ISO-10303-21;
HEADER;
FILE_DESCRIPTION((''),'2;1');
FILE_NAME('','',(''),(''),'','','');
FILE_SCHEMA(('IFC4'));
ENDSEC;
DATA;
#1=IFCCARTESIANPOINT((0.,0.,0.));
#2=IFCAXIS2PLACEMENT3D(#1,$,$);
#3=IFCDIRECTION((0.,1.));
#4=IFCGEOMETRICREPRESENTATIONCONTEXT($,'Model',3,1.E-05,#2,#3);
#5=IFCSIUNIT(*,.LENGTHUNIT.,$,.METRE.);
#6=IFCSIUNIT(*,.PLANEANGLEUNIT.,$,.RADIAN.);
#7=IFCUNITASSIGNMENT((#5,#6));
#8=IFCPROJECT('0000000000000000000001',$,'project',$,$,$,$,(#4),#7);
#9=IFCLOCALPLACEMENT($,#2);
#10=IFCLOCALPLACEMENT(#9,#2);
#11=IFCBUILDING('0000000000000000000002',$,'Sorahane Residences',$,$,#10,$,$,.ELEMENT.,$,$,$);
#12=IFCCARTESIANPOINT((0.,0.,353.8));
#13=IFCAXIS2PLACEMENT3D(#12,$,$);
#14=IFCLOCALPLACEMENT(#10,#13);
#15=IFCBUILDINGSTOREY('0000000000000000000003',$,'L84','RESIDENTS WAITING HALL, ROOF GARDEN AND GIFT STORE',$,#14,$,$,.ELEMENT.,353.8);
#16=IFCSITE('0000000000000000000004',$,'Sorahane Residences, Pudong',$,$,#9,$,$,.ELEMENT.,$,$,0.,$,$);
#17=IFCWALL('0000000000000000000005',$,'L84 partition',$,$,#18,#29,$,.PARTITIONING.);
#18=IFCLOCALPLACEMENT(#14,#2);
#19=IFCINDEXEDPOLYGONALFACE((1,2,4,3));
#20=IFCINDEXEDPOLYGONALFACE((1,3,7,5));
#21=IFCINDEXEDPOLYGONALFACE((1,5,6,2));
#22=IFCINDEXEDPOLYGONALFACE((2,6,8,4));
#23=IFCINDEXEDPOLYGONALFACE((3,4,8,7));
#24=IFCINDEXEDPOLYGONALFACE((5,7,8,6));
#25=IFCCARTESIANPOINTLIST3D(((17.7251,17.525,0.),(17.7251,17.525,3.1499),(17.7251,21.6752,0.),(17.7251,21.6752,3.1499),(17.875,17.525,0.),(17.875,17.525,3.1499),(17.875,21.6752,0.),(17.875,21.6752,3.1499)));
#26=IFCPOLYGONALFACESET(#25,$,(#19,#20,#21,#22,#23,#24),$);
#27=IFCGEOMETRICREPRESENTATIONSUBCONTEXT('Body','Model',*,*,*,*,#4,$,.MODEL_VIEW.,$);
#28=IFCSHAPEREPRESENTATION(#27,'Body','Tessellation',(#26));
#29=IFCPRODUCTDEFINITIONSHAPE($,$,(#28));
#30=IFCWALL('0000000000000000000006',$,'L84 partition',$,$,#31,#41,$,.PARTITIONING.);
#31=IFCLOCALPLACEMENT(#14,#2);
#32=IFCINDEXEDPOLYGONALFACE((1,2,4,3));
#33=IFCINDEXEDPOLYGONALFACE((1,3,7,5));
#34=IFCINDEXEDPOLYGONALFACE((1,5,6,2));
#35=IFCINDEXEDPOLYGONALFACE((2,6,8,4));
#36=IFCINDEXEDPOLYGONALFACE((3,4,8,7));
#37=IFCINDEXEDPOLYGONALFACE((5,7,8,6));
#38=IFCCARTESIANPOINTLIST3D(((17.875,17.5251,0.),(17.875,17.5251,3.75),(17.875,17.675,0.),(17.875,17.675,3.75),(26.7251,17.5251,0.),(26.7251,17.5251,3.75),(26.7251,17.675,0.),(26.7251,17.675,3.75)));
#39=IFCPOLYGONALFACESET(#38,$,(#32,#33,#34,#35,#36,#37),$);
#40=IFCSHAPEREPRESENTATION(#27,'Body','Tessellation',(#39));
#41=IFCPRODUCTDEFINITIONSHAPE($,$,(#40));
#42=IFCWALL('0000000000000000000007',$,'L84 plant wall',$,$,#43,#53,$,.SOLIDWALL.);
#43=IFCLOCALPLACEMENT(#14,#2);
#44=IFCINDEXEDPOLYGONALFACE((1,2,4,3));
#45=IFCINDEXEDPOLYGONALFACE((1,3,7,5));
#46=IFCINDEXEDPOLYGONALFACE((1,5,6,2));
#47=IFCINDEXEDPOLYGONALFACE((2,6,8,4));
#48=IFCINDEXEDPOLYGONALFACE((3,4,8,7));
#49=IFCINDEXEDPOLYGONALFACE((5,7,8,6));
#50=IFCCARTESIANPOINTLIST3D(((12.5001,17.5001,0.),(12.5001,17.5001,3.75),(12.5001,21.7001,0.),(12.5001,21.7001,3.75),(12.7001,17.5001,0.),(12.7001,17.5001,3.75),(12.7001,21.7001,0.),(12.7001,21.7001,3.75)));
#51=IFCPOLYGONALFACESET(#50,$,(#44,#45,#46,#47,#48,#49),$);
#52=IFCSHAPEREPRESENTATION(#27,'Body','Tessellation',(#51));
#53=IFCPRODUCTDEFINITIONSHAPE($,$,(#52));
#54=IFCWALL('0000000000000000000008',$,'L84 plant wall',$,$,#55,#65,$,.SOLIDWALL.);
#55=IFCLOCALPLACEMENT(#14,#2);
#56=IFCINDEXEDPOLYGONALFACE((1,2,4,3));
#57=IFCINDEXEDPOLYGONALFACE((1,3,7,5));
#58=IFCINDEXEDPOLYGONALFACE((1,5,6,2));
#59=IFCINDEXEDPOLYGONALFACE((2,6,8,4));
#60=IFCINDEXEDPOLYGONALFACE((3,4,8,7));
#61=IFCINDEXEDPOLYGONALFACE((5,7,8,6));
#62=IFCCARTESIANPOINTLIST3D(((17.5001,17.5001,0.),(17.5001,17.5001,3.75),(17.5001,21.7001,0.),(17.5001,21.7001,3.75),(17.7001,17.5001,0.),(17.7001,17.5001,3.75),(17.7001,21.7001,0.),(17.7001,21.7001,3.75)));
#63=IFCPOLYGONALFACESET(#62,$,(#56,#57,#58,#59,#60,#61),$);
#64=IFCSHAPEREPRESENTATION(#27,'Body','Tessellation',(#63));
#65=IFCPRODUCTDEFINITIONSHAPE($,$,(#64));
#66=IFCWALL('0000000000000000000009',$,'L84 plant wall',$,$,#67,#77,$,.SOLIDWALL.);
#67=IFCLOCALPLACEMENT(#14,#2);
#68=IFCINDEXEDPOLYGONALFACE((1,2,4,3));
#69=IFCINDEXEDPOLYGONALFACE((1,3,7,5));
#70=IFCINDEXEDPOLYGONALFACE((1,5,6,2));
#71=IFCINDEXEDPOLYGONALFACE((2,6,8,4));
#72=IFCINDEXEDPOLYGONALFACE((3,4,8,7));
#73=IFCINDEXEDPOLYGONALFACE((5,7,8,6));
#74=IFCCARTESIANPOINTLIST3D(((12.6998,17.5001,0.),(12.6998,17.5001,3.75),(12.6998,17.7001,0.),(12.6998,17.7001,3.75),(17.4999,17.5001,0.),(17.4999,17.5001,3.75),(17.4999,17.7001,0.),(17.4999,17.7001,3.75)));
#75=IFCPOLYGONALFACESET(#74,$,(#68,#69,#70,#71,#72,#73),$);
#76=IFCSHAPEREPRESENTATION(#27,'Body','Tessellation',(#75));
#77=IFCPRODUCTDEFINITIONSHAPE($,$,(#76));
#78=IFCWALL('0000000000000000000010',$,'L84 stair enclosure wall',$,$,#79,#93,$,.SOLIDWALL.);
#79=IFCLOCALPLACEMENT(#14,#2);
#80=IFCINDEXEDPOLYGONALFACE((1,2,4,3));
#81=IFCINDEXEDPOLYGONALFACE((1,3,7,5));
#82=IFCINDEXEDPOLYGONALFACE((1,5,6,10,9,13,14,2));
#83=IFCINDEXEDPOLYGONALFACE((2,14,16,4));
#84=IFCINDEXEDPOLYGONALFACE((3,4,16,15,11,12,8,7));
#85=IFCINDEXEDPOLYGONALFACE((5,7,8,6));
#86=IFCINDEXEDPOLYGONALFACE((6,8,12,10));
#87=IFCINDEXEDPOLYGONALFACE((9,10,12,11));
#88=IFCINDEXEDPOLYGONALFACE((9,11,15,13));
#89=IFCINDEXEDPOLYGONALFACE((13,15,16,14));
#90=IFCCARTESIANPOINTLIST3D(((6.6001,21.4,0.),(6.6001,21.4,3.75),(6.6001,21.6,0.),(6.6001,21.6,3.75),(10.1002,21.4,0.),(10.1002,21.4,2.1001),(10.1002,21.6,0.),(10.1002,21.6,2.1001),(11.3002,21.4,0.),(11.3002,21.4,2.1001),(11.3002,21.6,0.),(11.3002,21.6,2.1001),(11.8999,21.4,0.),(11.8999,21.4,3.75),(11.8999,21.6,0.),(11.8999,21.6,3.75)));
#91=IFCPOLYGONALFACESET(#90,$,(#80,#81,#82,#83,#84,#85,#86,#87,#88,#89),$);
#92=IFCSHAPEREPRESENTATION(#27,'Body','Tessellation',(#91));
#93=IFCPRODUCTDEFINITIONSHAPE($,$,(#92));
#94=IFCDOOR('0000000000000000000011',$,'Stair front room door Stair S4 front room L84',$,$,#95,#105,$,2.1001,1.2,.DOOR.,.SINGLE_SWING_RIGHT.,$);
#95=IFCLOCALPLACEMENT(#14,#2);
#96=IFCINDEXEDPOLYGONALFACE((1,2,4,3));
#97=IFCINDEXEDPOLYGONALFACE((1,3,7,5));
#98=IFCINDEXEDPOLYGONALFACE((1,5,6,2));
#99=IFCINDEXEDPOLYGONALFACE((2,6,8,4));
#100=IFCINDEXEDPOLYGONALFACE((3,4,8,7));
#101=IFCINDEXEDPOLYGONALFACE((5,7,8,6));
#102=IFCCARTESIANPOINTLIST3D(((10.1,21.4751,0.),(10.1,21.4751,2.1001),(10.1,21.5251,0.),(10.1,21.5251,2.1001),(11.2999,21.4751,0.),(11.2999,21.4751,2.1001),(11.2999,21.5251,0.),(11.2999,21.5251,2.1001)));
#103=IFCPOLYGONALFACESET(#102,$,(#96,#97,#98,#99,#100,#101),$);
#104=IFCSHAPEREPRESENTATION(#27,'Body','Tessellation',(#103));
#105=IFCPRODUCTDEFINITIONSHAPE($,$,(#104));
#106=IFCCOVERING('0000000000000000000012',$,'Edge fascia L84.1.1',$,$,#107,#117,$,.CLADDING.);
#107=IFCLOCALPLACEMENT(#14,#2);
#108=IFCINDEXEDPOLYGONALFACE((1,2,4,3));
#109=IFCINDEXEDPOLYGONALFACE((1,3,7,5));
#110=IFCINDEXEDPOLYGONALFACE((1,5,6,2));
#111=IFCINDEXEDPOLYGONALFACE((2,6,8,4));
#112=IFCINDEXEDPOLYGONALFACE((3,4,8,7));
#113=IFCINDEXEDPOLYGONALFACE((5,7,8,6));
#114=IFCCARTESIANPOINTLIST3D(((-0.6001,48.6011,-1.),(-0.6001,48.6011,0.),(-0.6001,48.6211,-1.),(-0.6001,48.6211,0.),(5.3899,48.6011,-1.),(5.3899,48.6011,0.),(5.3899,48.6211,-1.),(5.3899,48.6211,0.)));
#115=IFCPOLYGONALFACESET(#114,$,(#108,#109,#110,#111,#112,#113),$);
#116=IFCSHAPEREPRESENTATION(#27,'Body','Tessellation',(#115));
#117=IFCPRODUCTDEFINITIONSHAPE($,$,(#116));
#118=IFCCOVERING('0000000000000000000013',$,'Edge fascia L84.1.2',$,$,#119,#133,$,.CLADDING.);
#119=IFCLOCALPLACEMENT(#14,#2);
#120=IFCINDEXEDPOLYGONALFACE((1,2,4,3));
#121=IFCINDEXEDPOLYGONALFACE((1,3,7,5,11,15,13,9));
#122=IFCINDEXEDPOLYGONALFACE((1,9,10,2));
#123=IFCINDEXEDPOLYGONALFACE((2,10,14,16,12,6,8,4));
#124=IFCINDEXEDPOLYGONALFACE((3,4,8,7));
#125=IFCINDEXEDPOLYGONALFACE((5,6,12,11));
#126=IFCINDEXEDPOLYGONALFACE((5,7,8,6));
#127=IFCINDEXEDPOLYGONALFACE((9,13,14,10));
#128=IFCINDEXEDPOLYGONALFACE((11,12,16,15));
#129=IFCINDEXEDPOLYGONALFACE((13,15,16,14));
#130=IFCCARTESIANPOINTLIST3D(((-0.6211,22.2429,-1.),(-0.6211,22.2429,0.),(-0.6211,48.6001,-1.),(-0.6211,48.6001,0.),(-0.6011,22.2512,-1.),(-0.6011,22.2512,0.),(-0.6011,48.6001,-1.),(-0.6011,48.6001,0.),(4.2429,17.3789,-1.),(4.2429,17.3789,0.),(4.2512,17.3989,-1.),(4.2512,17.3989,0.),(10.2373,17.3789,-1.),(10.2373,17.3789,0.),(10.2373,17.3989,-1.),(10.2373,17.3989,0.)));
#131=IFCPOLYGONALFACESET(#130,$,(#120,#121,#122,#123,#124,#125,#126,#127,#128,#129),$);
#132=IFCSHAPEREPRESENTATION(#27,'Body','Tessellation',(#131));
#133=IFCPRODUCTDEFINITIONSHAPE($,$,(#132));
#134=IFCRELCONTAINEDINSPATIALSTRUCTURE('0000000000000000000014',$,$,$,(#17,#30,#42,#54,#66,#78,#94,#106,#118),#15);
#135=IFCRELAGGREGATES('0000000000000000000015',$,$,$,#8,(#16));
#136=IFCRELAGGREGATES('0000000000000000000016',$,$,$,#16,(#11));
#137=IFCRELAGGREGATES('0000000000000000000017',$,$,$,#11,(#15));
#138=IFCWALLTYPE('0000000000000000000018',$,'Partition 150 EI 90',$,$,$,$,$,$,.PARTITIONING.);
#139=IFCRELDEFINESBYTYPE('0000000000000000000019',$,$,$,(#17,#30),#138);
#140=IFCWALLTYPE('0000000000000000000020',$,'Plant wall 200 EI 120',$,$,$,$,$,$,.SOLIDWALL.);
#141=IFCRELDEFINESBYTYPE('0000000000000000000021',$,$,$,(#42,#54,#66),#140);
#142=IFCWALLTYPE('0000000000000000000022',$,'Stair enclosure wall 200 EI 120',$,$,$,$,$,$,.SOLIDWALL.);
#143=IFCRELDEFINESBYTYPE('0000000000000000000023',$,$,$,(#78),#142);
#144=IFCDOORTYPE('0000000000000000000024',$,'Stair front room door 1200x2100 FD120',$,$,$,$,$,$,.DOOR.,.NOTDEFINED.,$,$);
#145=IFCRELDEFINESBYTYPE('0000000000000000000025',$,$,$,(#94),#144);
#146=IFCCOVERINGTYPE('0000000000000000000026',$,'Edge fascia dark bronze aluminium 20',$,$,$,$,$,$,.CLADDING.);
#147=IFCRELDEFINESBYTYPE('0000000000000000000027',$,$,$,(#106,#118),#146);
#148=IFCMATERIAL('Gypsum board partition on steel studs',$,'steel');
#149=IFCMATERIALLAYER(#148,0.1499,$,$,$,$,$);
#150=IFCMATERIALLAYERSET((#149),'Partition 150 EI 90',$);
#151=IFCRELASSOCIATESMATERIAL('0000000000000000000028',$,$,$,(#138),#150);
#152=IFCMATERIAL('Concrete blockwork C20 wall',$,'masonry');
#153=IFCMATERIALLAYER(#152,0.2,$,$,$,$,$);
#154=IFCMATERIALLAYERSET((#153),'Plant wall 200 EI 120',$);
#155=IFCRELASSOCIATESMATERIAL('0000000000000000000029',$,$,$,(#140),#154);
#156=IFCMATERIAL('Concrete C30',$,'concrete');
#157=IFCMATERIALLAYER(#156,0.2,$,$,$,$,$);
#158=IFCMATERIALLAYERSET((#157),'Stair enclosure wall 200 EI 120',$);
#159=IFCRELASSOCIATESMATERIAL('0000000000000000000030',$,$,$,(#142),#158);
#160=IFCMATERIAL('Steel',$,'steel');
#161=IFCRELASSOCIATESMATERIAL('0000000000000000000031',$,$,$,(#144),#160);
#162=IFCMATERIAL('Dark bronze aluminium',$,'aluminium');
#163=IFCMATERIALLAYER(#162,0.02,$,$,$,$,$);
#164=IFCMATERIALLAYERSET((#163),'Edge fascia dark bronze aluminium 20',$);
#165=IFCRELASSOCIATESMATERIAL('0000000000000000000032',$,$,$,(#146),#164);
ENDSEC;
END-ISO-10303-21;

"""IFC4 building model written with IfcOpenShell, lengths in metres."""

from ifc_helpers import new_model, si_unit, direction, frame, frame_2d, origin, place, context, subcontext, project, spatial, polyline, rectangle, outline, extrude, material, layer, layer_set, type_object, element, fill, save


model = new_model("IFC4")

# Units and contexts
model_context = context("Model", 3, precision=1e-05, world=origin(), true_north=direction((0.0, 1.0)))
body_context = subcontext(model_context, "Body", "Model", "MODEL_VIEW")
ifc_project = project(units=[si_unit("LENGTHUNIT", "METRE"), si_unit("PLANEANGLEUNIT", "RADIAN")], contexts=[model_context])

# Site, building, storey
site_placement = place(None, origin())
site = spatial("IfcSite", under=ifc_project, at=site_placement, Name="Sorahane Residences, Pudong", CompositionType="ELEMENT", RefElevation=0.0)
building_placement = place(site_placement, origin())
building = spatial("IfcBuilding", under=site, at=building_placement, Name="Sorahane Residences", CompositionType="ELEMENT")
storey_placement = place(building_placement, frame((0.0, 0.0, 353.8)))
storey = spatial("IfcBuildingStorey", under=building, at=storey_placement, Name="L84", Description="RESIDENTS WAITING HALL, ROOF GARDEN AND GIFT STORE", CompositionType="ELEMENT", Elevation=353.8)

# Walls
ifc_material_1 = material(Name="Gypsum board partition on steel studs", Category="steel")
ifc_layer_1 = layer(ifc_material_1, 0.1499)
ifc_layer_set_1 = layer_set([ifc_layer_1], Name="Partition 150 EI 90")
wall_type_1 = type_object("IfcWallType", Name="Partition 150 EI 90", PredefinedType="PARTITIONING", material=ifc_layer_set_1)
wall_1_placement = place(storey_placement, frame((17.8, 17.5249, 0.0), z_axis=(0.0, 0.0, 1.0), x_axis=(0.0, 1.0, 0.0)))
element("IfcWall", 1, at=wall_1_placement, inside=storey, type_object=wall_type_1, Name="L84 partition", PredefinedType="PARTITIONING", context=body_context, shape_type="SweptSolid", body=[
    extrude(rectangle(XDim=4.1501, YDim=0.1499, at=frame_2d((2.0752, 0.0))), origin(), (0.0, 0.0, 1.0), 3.1499),
])
wall_2_placement = place(storey_placement, frame((17.875, 17.6001, 0.0), z_axis=(0.0, 0.0, 1.0), x_axis=(1.0, 0.0, 0.0)))
element("IfcWall", 2, at=wall_2_placement, inside=storey, type_object=wall_type_1, Name="L84 partition", PredefinedType="PARTITIONING", context=body_context, shape_type="SweptSolid", body=[
    extrude(rectangle(XDim=8.8501, YDim=0.1499, at=frame_2d((4.425, 0.0))), origin(), (0.0, 0.0, 1.0), 3.75),
])
ifc_material_2 = material(Name="Concrete blockwork C20 wall", Category="masonry")
ifc_layer_2 = layer(ifc_material_2, 0.2)
ifc_layer_set_2 = layer_set([ifc_layer_2], Name="Plant wall 200 EI 120")
wall_type_2 = type_object("IfcWallType", Name="Plant wall 200 EI 120", PredefinedType="SOLIDWALL", material=ifc_layer_set_2)
for number, where, z_axis, x_axis, name in (
    (3, (12.6001, 17.5, 0.0), (0.0, 0.0, 1.0), (0.0, 1.0, 0.0), "L84 plant wall"),
    (4, (17.6001, 17.5, 0.0), (0.0, 0.0, 1.0), (0.0, 1.0, 0.0), "L84 plant wall"),
):
    element("IfcWall", number, at=place(storey_placement, frame(where, z_axis=z_axis, x_axis=x_axis)), inside=storey, type_object=wall_type_2, Name=name, PredefinedType="SOLIDWALL", context=body_context, shape_type="SweptSolid", body=[
        extrude(rectangle(XDim=4.2, YDim=0.2, at=frame_2d((2.1001, 0.0))), origin(), (0.0, 0.0, 1.0), 3.75),
    ])
wall_3_placement = place(storey_placement, frame((12.7, 17.6001, 0.0), z_axis=(0.0, 0.0, 1.0), x_axis=(1.0, 0.0, 0.0)))
element("IfcWall", 5, at=wall_3_placement, inside=storey, type_object=wall_type_2, Name="L84 plant wall", PredefinedType="SOLIDWALL", context=body_context, shape_type="SweptSolid", body=[
    extrude(rectangle(XDim=4.8, YDim=0.2, at=frame_2d((2.3999, 0.0))), origin(), (0.0, 0.0, 1.0), 3.75),
])

# Wall, opening, door
ifc_material_3 = material(Name="Concrete C30", Category="concrete")
ifc_layer_3 = layer(ifc_material_3, 0.2)
ifc_layer_set_3 = layer_set([ifc_layer_3], Name="Stair enclosure wall 200 EI 120")
wall_type_3 = type_object("IfcWallType", Name="Stair enclosure wall 200 EI 120", PredefinedType="SOLIDWALL", material=ifc_layer_set_3)
wall_4_placement = place(storey_placement, frame((6.6001, 21.5, 0.0), z_axis=(0.0, 0.0, 1.0), x_axis=(1.0, 0.0, 0.0)))
wall_4 = element("IfcWall", 6, at=wall_4_placement, inside=storey, type_object=wall_type_3, Name="L84 stair enclosure wall", PredefinedType="SOLIDWALL", context=body_context, shape_type="SweptSolid", body=[
    extrude(rectangle(XDim=5.2998, YDim=0.2, at=frame_2d((2.6499, 0.0))), origin(), (0.0, 0.0, 1.0), 3.75),
])
opening_1_placement = place(wall_4_placement, frame((3.5, 0.0, 0.0)))
opening_1 = element("IfcOpeningElement", 7, at=opening_1_placement, cuts=wall_4, PredefinedType="OPENING", context=body_context, shape_type="SweptSolid", body=[
    extrude(rectangle(XDim=1.2, YDim=2.1001, at=frame_2d((0.6001, 1.05))), frame((0.0, 0.1099, 0.0), z_axis=(0.0, -1.0, 0.0), x_axis=(1.0, 0.0, 0.0)), (0.0, 0.0, 1.0), 0.22),
])
ifc_material_4 = material(Name="Steel", Category="steel")
door_type = type_object("IfcDoorType", Name="Stair front room door 1200x2100 FD120", OperationType="NOTDEFINED", PredefinedType="DOOR", material=ifc_material_4)
door_placement = place(opening_1_placement, frame((1.2, 0.0, 0.0), z_axis=(0.0, 0.0, 1.0), x_axis=(-1.0, 0.0, 0.0)))
door = element("IfcDoor", 8, at=door_placement, inside=storey, type_object=door_type, Name="Stair front room door Stair S4 front room L84", OperationType="SINGLE_SWING_RIGHT", OverallHeight=2.1001, OverallWidth=1.2, PredefinedType="DOOR", context=body_context, shape_type="SweptSolid", body=[
    extrude(rectangle(XDim=1.2, YDim=2.1001, at=frame_2d((0.6001, 1.05))), frame((0.0, 0.0249, 0.0), z_axis=(0.0, -1.0, 0.0), x_axis=(1.0, 0.0, 0.0)), (0.0, 0.0, 1.0), 0.05),
])
fill(opening_1, door)

# Coverings
ifc_material_5 = material(Name="Dark bronze aluminium", Category="aluminium")
ifc_layer_4 = layer(ifc_material_5, 0.02)
ifc_layer_set_4 = layer_set([ifc_layer_4], Name="Edge fascia dark bronze aluminium 20")
covering_type = type_object("IfcCoveringType", Name="Edge fascia dark bronze aluminium 20", PredefinedType="CLADDING", material=ifc_layer_set_4)
covering_1_placement = place(storey_placement, frame((0.0, 0.0, -1.0)))
element("IfcCovering", 9, at=covering_1_placement, inside=storey, type_object=covering_type, Name="Edge fascia L84.1.1", PredefinedType="CLADDING", context=body_context, shape_type="SweptSolid", body=[
    extrude(outline(polyline([(5.3899, 48.6211), (5.3899, 48.6011), (-0.6001, 48.6011), (-0.6001, 48.6211), (5.3899, 48.6211)])), origin(), (0.0, 0.0, 1.0), 1.0),
])
covering_2_placement = place(storey_placement, frame((0.0, 0.0, -1.0)))
element("IfcCovering", 10, at=covering_2_placement, inside=storey, type_object=covering_type, Name="Edge fascia L84.1.2", PredefinedType="CLADDING", context=body_context, shape_type="SweptSolid", body=[
    extrude(outline(polyline([(4.2429, 17.3789), (-0.6211, 22.2429), (-0.6211, 48.6001), (-0.6011, 48.6001), (-0.6011, 22.2512), (4.2512, 17.3989), (10.2373, 17.3989), (10.2373, 17.3789), (4.2429, 17.3789)])), origin(), (0.0, 0.0, 1.0), 1.0),
])

save(model, "model.ifc")
